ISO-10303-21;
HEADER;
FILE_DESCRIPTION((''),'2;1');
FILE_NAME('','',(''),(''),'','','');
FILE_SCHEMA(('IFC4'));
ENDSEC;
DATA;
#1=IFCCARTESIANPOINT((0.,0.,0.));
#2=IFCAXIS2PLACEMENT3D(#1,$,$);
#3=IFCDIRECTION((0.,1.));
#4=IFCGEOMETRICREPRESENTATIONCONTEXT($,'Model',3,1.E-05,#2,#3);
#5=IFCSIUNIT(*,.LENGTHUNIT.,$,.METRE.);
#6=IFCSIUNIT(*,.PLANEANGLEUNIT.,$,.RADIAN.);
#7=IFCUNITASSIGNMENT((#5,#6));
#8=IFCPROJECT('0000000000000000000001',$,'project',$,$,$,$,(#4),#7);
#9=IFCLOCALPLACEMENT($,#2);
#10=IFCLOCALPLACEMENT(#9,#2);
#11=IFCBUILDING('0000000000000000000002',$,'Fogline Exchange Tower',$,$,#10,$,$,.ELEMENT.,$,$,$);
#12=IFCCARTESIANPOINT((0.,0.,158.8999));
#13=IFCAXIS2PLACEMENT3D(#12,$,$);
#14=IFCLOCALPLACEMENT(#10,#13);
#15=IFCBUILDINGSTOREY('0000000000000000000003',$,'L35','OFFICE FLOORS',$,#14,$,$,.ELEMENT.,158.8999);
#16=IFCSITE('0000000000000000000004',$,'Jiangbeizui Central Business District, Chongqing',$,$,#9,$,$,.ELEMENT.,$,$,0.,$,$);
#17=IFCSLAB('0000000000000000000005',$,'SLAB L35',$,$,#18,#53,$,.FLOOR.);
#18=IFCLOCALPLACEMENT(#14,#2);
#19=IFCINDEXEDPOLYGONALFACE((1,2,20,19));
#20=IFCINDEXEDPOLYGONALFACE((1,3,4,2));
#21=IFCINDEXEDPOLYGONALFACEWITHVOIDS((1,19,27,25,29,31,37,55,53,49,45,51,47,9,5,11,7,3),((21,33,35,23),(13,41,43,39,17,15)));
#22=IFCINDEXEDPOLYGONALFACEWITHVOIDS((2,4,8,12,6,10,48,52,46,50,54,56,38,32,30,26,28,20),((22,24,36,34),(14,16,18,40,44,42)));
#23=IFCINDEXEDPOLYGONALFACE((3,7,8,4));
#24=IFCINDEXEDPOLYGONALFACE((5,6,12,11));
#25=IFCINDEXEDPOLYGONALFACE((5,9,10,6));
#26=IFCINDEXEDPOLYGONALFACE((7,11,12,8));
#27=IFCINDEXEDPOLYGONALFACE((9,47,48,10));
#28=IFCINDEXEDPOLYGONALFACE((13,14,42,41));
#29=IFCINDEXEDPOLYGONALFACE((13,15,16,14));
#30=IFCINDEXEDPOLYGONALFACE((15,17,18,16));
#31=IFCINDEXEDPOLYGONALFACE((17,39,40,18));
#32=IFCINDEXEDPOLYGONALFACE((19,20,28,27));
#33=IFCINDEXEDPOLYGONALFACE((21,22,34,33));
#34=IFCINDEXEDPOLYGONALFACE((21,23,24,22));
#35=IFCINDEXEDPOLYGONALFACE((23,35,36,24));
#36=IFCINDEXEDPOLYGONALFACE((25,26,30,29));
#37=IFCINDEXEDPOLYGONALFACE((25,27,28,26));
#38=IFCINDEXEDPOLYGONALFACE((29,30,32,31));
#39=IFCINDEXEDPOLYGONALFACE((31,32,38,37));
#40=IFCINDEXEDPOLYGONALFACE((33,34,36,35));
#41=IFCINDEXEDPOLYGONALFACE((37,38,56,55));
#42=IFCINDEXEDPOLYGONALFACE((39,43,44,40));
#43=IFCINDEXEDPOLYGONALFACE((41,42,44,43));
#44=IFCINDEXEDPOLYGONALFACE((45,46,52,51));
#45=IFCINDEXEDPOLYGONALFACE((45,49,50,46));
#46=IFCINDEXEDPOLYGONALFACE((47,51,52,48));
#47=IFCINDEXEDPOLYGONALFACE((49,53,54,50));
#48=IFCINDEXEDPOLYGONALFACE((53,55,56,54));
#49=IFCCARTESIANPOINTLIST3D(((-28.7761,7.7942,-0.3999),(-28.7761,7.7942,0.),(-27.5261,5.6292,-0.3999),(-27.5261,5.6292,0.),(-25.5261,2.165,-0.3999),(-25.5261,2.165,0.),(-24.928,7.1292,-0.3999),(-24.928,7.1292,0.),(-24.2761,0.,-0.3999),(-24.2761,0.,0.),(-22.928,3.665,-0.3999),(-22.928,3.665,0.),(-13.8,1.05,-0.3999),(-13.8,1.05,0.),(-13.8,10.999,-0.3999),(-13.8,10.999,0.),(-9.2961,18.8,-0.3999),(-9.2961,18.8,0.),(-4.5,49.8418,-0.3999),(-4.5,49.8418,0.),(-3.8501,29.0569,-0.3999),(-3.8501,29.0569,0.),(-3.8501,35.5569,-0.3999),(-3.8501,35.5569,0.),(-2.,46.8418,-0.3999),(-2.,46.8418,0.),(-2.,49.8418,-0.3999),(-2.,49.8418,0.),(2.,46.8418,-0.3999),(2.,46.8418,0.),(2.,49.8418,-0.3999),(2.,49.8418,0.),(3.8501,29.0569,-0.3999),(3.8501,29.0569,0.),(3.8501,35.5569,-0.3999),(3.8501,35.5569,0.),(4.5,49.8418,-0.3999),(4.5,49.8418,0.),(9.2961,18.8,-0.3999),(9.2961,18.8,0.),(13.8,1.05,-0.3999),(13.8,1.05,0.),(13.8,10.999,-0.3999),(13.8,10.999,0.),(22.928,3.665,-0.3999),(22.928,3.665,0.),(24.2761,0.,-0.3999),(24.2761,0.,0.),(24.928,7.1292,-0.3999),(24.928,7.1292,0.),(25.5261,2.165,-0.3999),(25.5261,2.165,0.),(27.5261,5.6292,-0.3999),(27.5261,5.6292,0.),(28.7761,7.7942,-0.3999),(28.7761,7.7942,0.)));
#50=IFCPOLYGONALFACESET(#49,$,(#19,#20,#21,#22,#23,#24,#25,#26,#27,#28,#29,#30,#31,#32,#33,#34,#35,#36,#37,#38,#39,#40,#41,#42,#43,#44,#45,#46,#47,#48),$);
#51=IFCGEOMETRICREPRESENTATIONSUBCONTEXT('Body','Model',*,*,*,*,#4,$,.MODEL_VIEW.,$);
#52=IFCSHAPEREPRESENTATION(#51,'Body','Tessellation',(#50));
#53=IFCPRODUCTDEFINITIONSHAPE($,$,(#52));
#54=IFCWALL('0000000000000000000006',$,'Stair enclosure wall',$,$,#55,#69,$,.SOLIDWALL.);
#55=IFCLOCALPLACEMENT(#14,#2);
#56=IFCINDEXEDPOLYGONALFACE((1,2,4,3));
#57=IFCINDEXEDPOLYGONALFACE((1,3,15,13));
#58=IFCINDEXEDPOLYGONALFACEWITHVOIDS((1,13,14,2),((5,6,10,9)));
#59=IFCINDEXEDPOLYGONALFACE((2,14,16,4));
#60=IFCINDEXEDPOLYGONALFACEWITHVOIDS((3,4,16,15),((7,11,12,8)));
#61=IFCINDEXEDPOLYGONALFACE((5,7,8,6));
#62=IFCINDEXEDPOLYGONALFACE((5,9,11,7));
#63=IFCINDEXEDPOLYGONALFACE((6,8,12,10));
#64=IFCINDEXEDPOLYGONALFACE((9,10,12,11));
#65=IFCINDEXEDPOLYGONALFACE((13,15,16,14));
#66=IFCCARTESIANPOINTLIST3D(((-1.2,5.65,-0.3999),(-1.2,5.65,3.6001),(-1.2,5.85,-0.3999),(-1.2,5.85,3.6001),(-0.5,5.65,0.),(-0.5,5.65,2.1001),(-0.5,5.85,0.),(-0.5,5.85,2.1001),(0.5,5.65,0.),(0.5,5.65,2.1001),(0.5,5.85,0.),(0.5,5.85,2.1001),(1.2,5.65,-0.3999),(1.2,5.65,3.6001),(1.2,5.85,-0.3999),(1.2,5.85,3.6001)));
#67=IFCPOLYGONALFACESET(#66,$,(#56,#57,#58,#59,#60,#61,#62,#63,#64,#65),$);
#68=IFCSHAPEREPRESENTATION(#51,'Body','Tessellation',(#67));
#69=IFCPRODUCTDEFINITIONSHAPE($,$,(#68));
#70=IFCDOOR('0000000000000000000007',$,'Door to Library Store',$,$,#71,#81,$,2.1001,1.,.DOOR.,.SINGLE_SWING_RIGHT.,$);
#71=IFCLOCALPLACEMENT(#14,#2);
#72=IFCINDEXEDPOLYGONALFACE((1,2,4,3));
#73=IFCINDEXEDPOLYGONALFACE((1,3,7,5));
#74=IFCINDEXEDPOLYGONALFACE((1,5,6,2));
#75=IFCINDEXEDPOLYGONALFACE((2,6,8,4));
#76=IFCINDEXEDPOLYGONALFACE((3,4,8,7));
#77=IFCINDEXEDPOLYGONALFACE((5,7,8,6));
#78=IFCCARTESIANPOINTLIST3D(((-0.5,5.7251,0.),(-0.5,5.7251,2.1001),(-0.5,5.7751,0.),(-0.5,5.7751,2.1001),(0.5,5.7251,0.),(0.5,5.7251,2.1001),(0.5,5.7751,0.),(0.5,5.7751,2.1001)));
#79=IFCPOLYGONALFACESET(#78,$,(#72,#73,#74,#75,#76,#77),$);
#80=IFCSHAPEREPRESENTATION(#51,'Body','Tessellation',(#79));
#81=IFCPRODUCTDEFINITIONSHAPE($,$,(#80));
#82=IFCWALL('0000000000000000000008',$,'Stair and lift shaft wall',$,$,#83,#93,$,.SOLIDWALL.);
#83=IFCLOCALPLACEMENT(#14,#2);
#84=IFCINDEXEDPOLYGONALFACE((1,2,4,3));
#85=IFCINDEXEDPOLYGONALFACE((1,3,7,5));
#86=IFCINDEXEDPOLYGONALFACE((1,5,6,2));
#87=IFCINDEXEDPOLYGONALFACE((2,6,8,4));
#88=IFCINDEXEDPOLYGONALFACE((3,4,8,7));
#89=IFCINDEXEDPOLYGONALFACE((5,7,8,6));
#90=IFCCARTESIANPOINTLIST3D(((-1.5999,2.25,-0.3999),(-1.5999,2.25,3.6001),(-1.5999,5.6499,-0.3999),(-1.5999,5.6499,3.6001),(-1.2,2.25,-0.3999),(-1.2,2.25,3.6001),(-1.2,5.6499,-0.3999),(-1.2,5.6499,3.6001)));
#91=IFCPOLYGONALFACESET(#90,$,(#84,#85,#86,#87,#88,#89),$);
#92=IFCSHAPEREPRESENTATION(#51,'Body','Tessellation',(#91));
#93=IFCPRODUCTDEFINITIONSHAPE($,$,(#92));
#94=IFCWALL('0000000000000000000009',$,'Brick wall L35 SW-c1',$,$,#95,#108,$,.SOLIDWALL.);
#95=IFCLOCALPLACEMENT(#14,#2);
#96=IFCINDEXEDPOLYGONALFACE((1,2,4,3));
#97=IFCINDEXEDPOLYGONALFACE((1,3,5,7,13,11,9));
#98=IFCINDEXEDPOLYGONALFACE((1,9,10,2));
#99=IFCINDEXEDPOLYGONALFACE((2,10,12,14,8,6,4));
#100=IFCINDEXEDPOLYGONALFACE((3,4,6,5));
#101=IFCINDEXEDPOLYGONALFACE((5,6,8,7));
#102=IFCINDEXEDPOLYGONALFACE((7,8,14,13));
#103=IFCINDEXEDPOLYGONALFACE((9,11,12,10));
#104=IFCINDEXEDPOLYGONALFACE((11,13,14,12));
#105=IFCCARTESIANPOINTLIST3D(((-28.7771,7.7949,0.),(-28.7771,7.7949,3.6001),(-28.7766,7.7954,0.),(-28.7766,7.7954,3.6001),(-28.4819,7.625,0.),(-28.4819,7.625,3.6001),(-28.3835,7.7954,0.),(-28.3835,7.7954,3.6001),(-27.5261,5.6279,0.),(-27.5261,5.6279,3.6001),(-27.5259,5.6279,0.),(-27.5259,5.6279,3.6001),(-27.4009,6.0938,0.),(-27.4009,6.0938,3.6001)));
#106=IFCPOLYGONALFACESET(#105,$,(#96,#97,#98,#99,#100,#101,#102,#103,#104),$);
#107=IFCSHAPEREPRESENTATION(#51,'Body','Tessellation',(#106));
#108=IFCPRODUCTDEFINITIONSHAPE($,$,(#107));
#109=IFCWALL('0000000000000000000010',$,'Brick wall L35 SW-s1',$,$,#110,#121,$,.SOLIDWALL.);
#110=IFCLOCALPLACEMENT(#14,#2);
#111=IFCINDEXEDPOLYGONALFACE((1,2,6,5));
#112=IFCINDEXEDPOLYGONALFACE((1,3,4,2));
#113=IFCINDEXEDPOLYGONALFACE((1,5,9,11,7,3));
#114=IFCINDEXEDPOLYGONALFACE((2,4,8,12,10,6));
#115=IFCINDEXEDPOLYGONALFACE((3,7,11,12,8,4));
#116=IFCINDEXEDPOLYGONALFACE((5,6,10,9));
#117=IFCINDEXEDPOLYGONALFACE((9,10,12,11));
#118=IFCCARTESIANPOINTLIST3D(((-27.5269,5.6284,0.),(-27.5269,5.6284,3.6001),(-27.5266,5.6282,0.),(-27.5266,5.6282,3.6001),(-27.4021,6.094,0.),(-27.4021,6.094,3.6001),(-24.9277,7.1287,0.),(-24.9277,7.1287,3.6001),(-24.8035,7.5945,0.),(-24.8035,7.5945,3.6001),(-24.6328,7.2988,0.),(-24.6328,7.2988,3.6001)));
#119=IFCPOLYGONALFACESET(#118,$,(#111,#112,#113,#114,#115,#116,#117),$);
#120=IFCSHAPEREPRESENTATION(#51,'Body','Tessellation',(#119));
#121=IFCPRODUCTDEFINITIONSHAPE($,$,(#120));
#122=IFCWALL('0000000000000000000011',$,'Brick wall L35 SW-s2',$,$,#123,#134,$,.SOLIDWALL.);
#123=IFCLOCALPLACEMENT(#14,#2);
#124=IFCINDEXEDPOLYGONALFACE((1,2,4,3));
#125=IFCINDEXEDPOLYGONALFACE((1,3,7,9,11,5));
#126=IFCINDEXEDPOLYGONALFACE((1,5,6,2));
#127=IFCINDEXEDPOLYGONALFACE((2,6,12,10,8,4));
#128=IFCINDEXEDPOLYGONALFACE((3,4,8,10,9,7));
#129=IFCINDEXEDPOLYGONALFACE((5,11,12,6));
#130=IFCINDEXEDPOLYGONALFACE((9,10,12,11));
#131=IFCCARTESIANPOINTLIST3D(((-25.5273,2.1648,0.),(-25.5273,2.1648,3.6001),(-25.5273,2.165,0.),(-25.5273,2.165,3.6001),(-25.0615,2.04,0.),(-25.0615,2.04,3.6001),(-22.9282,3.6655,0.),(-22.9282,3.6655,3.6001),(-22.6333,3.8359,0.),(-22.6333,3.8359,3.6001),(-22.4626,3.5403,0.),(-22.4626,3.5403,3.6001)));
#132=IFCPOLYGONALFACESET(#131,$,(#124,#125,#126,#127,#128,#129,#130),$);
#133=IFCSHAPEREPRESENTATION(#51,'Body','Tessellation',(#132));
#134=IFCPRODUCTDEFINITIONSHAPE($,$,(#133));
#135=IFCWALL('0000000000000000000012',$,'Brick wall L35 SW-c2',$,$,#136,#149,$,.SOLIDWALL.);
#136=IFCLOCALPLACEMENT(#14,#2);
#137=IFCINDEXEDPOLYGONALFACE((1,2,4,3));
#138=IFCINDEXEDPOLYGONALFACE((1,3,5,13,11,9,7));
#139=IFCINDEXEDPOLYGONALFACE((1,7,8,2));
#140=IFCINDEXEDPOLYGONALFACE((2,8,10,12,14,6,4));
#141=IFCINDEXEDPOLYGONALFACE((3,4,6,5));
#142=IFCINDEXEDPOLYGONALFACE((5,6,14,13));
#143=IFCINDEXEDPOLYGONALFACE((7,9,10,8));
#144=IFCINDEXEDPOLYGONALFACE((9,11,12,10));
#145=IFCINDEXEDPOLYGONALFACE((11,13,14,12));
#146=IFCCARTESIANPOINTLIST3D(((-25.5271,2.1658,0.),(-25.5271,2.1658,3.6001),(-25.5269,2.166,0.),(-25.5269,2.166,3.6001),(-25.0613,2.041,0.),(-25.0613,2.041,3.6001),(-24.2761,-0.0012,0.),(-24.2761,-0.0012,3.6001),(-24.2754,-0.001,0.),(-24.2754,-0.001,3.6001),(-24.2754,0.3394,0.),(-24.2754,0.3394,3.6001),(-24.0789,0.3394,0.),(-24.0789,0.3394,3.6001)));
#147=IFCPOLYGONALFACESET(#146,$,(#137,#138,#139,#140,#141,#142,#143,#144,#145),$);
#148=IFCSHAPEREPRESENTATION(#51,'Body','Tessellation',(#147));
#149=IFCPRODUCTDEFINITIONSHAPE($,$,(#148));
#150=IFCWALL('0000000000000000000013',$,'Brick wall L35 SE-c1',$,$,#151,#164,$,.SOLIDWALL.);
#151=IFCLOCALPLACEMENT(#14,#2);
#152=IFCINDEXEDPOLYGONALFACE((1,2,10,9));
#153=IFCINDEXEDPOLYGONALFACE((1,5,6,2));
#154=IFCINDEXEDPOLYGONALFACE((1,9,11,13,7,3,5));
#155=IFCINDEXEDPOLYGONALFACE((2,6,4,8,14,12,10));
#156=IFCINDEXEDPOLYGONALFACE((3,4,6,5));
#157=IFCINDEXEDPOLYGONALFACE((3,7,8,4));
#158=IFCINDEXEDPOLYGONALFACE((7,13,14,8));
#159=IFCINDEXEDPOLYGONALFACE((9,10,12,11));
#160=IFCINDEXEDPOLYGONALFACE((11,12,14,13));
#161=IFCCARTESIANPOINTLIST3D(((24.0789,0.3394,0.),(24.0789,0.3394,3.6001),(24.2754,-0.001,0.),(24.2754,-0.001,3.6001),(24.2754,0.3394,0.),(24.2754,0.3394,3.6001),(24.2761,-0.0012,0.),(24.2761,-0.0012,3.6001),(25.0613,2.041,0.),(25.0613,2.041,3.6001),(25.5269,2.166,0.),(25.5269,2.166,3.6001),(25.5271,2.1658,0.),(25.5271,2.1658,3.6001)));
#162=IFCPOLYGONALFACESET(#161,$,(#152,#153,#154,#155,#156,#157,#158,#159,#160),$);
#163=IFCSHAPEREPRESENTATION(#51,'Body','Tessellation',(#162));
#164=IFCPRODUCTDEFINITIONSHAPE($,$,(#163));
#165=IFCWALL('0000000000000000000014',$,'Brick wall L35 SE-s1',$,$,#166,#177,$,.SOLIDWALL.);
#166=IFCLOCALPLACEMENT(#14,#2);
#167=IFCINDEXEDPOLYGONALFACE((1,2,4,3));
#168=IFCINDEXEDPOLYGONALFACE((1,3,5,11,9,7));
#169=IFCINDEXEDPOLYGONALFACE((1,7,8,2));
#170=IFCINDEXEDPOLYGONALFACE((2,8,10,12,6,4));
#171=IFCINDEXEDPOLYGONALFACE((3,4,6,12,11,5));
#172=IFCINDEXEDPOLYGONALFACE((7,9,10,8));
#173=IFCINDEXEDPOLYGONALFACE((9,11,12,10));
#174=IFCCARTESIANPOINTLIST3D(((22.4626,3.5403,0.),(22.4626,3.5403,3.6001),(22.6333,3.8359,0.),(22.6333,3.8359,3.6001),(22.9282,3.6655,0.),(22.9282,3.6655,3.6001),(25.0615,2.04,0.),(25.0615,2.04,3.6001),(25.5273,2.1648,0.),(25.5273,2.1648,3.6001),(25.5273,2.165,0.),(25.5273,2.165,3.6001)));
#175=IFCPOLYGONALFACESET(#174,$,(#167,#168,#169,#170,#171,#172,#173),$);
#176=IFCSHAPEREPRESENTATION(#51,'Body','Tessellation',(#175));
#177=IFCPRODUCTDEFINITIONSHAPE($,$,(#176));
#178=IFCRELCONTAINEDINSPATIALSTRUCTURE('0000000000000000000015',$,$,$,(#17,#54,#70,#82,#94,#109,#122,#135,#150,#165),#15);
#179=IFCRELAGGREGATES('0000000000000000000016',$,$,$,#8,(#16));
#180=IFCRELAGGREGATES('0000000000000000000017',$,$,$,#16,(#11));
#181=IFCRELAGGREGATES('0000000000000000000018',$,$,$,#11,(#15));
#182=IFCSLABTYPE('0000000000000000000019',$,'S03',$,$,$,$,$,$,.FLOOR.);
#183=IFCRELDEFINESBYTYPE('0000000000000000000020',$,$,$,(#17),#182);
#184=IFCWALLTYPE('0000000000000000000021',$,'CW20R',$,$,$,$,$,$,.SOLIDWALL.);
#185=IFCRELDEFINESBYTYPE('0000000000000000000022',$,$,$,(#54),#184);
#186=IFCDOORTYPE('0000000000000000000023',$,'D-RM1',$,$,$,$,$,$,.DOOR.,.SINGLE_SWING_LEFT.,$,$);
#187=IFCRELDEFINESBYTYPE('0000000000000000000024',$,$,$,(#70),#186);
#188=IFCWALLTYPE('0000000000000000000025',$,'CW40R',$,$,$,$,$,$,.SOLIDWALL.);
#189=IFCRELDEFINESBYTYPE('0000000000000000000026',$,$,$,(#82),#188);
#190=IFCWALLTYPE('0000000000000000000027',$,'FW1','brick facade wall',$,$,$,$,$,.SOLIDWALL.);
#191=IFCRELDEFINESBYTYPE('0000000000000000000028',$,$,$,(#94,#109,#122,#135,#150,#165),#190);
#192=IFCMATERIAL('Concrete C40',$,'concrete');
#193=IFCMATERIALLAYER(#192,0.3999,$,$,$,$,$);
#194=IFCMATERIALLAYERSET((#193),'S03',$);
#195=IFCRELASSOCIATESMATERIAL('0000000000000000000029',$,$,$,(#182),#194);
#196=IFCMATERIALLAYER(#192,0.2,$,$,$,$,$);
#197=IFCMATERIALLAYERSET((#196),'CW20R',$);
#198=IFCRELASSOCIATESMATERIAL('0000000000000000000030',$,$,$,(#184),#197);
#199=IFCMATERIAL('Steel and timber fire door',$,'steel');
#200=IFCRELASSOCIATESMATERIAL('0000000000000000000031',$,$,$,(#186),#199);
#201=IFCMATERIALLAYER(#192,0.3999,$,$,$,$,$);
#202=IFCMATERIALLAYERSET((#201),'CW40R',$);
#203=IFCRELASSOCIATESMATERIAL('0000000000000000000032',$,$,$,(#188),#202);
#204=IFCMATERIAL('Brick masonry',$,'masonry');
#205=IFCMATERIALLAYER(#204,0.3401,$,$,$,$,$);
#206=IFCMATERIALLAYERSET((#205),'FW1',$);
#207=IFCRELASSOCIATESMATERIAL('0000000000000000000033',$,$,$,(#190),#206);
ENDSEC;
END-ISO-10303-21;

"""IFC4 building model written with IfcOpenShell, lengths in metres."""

from ifc_helpers import new_model, si_unit, direction, frame, frame_2d, origin, place, context, subcontext, project, spatial, polyline, rectangle, outline, extrude, material, layer, layer_set, type_object, element, fill, save


model = new_model("IFC4")

# Units and contexts
model_context = context("Model", 3, precision=1e-05, world=origin(), true_north=direction((0.0, 1.0)))
body_context = subcontext(model_context, "Body", "Model", "MODEL_VIEW")
ifc_project = project(units=[si_unit("LENGTHUNIT", "METRE"), si_unit("PLANEANGLEUNIT", "RADIAN")], contexts=[model_context])

# Site, building, storey
site_placement = place(None, origin())
site = spatial("IfcSite", under=ifc_project, at=site_placement, Name="Jiangbeizui Central Business District, Chongqing", CompositionType="ELEMENT", RefElevation=0.0)
building_placement = place(site_placement, origin())
building = spatial("IfcBuilding", under=site, at=building_placement, Name="Fogline Exchange Tower", CompositionType="ELEMENT")
storey_placement = place(building_placement, frame((0.0, 0.0, 158.8999)))
storey = spatial("IfcBuildingStorey", under=building, at=storey_placement, Name="L35", Description="OFFICE FLOORS", CompositionType="ELEMENT", Elevation=158.8999)

# Slab
ifc_material_1 = material(Name="Concrete C40", Category="concrete")
ifc_layer_1 = layer(ifc_material_1, 0.3999)
ifc_layer_set_1 = layer_set([ifc_layer_1], Name="S03")
slab_type = type_object("IfcSlabType", Name="S03", PredefinedType="FLOOR", material=ifc_layer_set_1)
slab_placement = place(storey_placement, frame((0.0, 0.0, -0.3999)))
element("IfcSlab", 1, at=slab_placement, inside=storey, type_object=slab_type, Name="SLAB L35", PredefinedType="FLOOR", context=body_context, shape_type="SweptSolid", body=[
    extrude(outline(polyline([(-2.0, 49.8418), (-4.5, 49.8418), (-28.7761, 7.7942), (-27.5261, 5.6292), (-24.928, 7.1292), (-22.928, 3.665), (-25.5261, 2.165), (-24.2761, 0.0), (24.2761, 0.0), (25.5261, 2.165), (22.928, 3.665), (24.928, 7.1292), (27.5261, 5.6292), (28.7761, 7.7942), (4.5, 49.8418), (2.0, 49.8418), (2.0, 46.8418), (-2.0, 46.8418), (-2.0, 49.8418)]), holes=[polyline([(13.8, 10.999), (13.8, 1.05), (-13.8, 1.05), (-13.8, 10.999), (-9.2961, 18.8), (9.2961, 18.8), (13.8, 10.999)]), polyline([(3.8501, 35.5569), (3.8501, 29.0569), (-3.8501, 29.0569), (-3.8501, 35.5569), (3.8501, 35.5569)])]), origin(), (0.0, 0.0, 1.0), 0.3999),
])

# Wall, opening, door
ifc_layer_2 = layer(ifc_material_1, 0.2)
ifc_layer_set_2 = layer_set([ifc_layer_2], Name="CW20R")
wall_type_1 = type_object("IfcWallType", Name="CW20R", PredefinedType="SOLIDWALL", material=ifc_layer_set_2)
wall_1_placement = place(storey_placement, frame((-1.2, 5.75, -0.3999), z_axis=(0.0, 0.0, 1.0), x_axis=(1.0, 0.0, 0.0)))
wall_1 = element("IfcWall", 2, at=wall_1_placement, inside=storey, type_object=wall_type_1, Name="Stair enclosure wall", PredefinedType="SOLIDWALL", context=body_context, shape_type="SweptSolid", body=[
    extrude(rectangle(XDim=2.3999, YDim=0.2, at=frame_2d((1.2, 0.0))), origin(), (0.0, 0.0, 1.0), 4.0),
])
opening_placement = place(wall_1_placement, frame((0.7, 0.0, 0.3999)))
opening = element("IfcOpeningElement", 3, at=opening_placement, cuts=wall_1, PredefinedType="OPENING", context=body_context, shape_type="SweptSolid", body=[
    extrude(rectangle(XDim=1.0, YDim=2.1001, at=frame_2d((0.5, 1.05))), frame((0.0, 0.1099, 0.0), z_axis=(0.0, -1.0, 0.0), x_axis=(1.0, 0.0, 0.0)), (0.0, 0.0, 1.0), 0.22),
])
ifc_material_2 = material(Name="Steel and timber fire door", Category="steel")
door_type = type_object("IfcDoorType", Name="D-RM1", OperationType="SINGLE_SWING_LEFT", PredefinedType="DOOR", material=ifc_material_2)
door_placement = place(opening_placement, frame((1.0, 0.0, 0.0), z_axis=(0.0, 0.0, 1.0), x_axis=(-1.0, 0.0, 0.0)))
door = element("IfcDoor", 4, at=door_placement, inside=storey, type_object=door_type, Name="Door to Library Store", OperationType="SINGLE_SWING_RIGHT", OverallHeight=2.1001, OverallWidth=1.0, PredefinedType="DOOR", context=body_context, shape_type="SweptSolid", body=[
    extrude(rectangle(XDim=1.0, YDim=2.1001, at=frame_2d((0.5, 1.05))), frame((0.0, 0.0249, 0.0), z_axis=(0.0, -1.0, 0.0), x_axis=(1.0, 0.0, 0.0)), (0.0, 0.0, 1.0), 0.05),
])
fill(opening, door)

# Walls
ifc_layer_3 = layer(ifc_material_1, 0.3999)
ifc_layer_set_3 = layer_set([ifc_layer_3], Name="CW40R")
wall_type_2 = type_object("IfcWallType", Name="CW40R", PredefinedType="SOLIDWALL", material=ifc_layer_set_3)
wall_2_placement = place(storey_placement, frame((-1.3999, 2.25, -0.3999), z_axis=(0.0, 0.0, 1.0), x_axis=(0.0, 1.0, 0.0)))
element("IfcWall", 5, at=wall_2_placement, inside=storey, type_object=wall_type_2, Name="Stair and lift shaft wall", PredefinedType="SOLIDWALL", context=body_context, shape_type="SweptSolid", body=[
    extrude(rectangle(XDim=3.3999, YDim=0.3999, at=frame_2d((1.7, 0.0))), origin(), (0.0, 0.0, 1.0), 4.0),
])
ifc_material_3 = material(Name="Brick masonry", Category="masonry")
ifc_layer_4 = layer(ifc_material_3, 0.3401)
ifc_layer_set_4 = layer_set([ifc_layer_4], Name="FW1")
wall_type_3 = type_object("IfcWallType", Name="FW1", Description="brick facade wall", PredefinedType="SOLIDWALL", material=ifc_layer_set_4)
wall_3_placement = place(storey_placement, origin())
element("IfcWall", 6, at=wall_3_placement, inside=storey, type_object=wall_type_3, Name="Brick wall L35 SW-c1", PredefinedType="SOLIDWALL", context=body_context, shape_type="SweptSolid", body=[
    extrude(outline(polyline([(-27.5261, 5.6279), (-28.7771, 7.7949), (-28.7766, 7.7954), (-28.4819, 7.625), (-28.3835, 7.7954), (-27.4009, 6.0938), (-27.5259, 5.6279), (-27.5261, 5.6279)])), origin(), (0.0, 0.0, 1.0), 3.6001),
])
wall_4_placement = place(storey_placement, origin())
element("IfcWall", 7, at=wall_4_placement, inside=storey, type_object=wall_type_3, Name="Brick wall L35 SW-s1", PredefinedType="SOLIDWALL", context=body_context, shape_type="SweptSolid", body=[
    extrude(outline(polyline([(-24.8035, 7.5945), (-24.6328, 7.2988), (-24.9277, 7.1287), (-27.5266, 5.6282), (-27.5269, 5.6284), (-27.4021, 6.094), (-24.8035, 7.5945)])), origin(), (0.0, 0.0, 1.0), 3.6001),
])
wall_5_placement = place(storey_placement, origin())
element("IfcWall", 8, at=wall_5_placement, inside=storey, type_object=wall_type_3, Name="Brick wall L35 SW-s2", PredefinedType="SOLIDWALL", context=body_context, shape_type="SweptSolid", body=[
    extrude(outline(polyline([(-25.5273, 2.165), (-22.9282, 3.6655), (-22.6333, 3.8359), (-22.4626, 3.5403), (-25.0615, 2.04), (-25.5273, 2.1648), (-25.5273, 2.165)])), origin(), (0.0, 0.0, 1.0), 3.6001),
])
wall_6_placement = place(storey_placement, origin())
element("IfcWall", 9, at=wall_6_placement, inside=storey, type_object=wall_type_3, Name="Brick wall L35 SW-c2", PredefinedType="SOLIDWALL", context=body_context, shape_type="SweptSolid", body=[
    extrude(outline(polyline([(-24.0789, 0.3394), (-24.2754, 0.3394), (-24.2754, -0.001), (-24.2761, -0.0012), (-25.5271, 2.1658), (-25.5269, 2.166), (-25.0613, 2.041), (-24.0789, 0.3394)])), origin(), (0.0, 0.0, 1.0), 3.6001),
])
wall_7_placement = place(storey_placement, origin())
element("IfcWall", 10, at=wall_7_placement, inside=storey, type_object=wall_type_3, Name="Brick wall L35 SE-c1", PredefinedType="SOLIDWALL", context=body_context, shape_type="SweptSolid", body=[
    extrude(outline(polyline([(25.5271, 2.1658), (24.2761, -0.0012), (24.2754, -0.001), (24.2754, 0.3394), (24.0789, 0.3394), (25.0613, 2.041), (25.5269, 2.166), (25.5271, 2.1658)])), origin(), (0.0, 0.0, 1.0), 3.6001),
])
wall_8_placement = place(storey_placement, origin())
element("IfcWall", 11, at=wall_8_placement, inside=storey, type_object=wall_type_3, Name="Brick wall L35 SE-s1", PredefinedType="SOLIDWALL", context=body_context, shape_type="SweptSolid", body=[
    extrude(outline(polyline([(22.4626, 3.5403), (22.6333, 3.8359), (22.9282, 3.6655), (25.5273, 2.165), (25.5273, 2.1648), (25.0615, 2.04), (22.4626, 3.5403)])), origin(), (0.0, 0.0, 1.0), 3.6001),
])

save(model, "model.ifc")
